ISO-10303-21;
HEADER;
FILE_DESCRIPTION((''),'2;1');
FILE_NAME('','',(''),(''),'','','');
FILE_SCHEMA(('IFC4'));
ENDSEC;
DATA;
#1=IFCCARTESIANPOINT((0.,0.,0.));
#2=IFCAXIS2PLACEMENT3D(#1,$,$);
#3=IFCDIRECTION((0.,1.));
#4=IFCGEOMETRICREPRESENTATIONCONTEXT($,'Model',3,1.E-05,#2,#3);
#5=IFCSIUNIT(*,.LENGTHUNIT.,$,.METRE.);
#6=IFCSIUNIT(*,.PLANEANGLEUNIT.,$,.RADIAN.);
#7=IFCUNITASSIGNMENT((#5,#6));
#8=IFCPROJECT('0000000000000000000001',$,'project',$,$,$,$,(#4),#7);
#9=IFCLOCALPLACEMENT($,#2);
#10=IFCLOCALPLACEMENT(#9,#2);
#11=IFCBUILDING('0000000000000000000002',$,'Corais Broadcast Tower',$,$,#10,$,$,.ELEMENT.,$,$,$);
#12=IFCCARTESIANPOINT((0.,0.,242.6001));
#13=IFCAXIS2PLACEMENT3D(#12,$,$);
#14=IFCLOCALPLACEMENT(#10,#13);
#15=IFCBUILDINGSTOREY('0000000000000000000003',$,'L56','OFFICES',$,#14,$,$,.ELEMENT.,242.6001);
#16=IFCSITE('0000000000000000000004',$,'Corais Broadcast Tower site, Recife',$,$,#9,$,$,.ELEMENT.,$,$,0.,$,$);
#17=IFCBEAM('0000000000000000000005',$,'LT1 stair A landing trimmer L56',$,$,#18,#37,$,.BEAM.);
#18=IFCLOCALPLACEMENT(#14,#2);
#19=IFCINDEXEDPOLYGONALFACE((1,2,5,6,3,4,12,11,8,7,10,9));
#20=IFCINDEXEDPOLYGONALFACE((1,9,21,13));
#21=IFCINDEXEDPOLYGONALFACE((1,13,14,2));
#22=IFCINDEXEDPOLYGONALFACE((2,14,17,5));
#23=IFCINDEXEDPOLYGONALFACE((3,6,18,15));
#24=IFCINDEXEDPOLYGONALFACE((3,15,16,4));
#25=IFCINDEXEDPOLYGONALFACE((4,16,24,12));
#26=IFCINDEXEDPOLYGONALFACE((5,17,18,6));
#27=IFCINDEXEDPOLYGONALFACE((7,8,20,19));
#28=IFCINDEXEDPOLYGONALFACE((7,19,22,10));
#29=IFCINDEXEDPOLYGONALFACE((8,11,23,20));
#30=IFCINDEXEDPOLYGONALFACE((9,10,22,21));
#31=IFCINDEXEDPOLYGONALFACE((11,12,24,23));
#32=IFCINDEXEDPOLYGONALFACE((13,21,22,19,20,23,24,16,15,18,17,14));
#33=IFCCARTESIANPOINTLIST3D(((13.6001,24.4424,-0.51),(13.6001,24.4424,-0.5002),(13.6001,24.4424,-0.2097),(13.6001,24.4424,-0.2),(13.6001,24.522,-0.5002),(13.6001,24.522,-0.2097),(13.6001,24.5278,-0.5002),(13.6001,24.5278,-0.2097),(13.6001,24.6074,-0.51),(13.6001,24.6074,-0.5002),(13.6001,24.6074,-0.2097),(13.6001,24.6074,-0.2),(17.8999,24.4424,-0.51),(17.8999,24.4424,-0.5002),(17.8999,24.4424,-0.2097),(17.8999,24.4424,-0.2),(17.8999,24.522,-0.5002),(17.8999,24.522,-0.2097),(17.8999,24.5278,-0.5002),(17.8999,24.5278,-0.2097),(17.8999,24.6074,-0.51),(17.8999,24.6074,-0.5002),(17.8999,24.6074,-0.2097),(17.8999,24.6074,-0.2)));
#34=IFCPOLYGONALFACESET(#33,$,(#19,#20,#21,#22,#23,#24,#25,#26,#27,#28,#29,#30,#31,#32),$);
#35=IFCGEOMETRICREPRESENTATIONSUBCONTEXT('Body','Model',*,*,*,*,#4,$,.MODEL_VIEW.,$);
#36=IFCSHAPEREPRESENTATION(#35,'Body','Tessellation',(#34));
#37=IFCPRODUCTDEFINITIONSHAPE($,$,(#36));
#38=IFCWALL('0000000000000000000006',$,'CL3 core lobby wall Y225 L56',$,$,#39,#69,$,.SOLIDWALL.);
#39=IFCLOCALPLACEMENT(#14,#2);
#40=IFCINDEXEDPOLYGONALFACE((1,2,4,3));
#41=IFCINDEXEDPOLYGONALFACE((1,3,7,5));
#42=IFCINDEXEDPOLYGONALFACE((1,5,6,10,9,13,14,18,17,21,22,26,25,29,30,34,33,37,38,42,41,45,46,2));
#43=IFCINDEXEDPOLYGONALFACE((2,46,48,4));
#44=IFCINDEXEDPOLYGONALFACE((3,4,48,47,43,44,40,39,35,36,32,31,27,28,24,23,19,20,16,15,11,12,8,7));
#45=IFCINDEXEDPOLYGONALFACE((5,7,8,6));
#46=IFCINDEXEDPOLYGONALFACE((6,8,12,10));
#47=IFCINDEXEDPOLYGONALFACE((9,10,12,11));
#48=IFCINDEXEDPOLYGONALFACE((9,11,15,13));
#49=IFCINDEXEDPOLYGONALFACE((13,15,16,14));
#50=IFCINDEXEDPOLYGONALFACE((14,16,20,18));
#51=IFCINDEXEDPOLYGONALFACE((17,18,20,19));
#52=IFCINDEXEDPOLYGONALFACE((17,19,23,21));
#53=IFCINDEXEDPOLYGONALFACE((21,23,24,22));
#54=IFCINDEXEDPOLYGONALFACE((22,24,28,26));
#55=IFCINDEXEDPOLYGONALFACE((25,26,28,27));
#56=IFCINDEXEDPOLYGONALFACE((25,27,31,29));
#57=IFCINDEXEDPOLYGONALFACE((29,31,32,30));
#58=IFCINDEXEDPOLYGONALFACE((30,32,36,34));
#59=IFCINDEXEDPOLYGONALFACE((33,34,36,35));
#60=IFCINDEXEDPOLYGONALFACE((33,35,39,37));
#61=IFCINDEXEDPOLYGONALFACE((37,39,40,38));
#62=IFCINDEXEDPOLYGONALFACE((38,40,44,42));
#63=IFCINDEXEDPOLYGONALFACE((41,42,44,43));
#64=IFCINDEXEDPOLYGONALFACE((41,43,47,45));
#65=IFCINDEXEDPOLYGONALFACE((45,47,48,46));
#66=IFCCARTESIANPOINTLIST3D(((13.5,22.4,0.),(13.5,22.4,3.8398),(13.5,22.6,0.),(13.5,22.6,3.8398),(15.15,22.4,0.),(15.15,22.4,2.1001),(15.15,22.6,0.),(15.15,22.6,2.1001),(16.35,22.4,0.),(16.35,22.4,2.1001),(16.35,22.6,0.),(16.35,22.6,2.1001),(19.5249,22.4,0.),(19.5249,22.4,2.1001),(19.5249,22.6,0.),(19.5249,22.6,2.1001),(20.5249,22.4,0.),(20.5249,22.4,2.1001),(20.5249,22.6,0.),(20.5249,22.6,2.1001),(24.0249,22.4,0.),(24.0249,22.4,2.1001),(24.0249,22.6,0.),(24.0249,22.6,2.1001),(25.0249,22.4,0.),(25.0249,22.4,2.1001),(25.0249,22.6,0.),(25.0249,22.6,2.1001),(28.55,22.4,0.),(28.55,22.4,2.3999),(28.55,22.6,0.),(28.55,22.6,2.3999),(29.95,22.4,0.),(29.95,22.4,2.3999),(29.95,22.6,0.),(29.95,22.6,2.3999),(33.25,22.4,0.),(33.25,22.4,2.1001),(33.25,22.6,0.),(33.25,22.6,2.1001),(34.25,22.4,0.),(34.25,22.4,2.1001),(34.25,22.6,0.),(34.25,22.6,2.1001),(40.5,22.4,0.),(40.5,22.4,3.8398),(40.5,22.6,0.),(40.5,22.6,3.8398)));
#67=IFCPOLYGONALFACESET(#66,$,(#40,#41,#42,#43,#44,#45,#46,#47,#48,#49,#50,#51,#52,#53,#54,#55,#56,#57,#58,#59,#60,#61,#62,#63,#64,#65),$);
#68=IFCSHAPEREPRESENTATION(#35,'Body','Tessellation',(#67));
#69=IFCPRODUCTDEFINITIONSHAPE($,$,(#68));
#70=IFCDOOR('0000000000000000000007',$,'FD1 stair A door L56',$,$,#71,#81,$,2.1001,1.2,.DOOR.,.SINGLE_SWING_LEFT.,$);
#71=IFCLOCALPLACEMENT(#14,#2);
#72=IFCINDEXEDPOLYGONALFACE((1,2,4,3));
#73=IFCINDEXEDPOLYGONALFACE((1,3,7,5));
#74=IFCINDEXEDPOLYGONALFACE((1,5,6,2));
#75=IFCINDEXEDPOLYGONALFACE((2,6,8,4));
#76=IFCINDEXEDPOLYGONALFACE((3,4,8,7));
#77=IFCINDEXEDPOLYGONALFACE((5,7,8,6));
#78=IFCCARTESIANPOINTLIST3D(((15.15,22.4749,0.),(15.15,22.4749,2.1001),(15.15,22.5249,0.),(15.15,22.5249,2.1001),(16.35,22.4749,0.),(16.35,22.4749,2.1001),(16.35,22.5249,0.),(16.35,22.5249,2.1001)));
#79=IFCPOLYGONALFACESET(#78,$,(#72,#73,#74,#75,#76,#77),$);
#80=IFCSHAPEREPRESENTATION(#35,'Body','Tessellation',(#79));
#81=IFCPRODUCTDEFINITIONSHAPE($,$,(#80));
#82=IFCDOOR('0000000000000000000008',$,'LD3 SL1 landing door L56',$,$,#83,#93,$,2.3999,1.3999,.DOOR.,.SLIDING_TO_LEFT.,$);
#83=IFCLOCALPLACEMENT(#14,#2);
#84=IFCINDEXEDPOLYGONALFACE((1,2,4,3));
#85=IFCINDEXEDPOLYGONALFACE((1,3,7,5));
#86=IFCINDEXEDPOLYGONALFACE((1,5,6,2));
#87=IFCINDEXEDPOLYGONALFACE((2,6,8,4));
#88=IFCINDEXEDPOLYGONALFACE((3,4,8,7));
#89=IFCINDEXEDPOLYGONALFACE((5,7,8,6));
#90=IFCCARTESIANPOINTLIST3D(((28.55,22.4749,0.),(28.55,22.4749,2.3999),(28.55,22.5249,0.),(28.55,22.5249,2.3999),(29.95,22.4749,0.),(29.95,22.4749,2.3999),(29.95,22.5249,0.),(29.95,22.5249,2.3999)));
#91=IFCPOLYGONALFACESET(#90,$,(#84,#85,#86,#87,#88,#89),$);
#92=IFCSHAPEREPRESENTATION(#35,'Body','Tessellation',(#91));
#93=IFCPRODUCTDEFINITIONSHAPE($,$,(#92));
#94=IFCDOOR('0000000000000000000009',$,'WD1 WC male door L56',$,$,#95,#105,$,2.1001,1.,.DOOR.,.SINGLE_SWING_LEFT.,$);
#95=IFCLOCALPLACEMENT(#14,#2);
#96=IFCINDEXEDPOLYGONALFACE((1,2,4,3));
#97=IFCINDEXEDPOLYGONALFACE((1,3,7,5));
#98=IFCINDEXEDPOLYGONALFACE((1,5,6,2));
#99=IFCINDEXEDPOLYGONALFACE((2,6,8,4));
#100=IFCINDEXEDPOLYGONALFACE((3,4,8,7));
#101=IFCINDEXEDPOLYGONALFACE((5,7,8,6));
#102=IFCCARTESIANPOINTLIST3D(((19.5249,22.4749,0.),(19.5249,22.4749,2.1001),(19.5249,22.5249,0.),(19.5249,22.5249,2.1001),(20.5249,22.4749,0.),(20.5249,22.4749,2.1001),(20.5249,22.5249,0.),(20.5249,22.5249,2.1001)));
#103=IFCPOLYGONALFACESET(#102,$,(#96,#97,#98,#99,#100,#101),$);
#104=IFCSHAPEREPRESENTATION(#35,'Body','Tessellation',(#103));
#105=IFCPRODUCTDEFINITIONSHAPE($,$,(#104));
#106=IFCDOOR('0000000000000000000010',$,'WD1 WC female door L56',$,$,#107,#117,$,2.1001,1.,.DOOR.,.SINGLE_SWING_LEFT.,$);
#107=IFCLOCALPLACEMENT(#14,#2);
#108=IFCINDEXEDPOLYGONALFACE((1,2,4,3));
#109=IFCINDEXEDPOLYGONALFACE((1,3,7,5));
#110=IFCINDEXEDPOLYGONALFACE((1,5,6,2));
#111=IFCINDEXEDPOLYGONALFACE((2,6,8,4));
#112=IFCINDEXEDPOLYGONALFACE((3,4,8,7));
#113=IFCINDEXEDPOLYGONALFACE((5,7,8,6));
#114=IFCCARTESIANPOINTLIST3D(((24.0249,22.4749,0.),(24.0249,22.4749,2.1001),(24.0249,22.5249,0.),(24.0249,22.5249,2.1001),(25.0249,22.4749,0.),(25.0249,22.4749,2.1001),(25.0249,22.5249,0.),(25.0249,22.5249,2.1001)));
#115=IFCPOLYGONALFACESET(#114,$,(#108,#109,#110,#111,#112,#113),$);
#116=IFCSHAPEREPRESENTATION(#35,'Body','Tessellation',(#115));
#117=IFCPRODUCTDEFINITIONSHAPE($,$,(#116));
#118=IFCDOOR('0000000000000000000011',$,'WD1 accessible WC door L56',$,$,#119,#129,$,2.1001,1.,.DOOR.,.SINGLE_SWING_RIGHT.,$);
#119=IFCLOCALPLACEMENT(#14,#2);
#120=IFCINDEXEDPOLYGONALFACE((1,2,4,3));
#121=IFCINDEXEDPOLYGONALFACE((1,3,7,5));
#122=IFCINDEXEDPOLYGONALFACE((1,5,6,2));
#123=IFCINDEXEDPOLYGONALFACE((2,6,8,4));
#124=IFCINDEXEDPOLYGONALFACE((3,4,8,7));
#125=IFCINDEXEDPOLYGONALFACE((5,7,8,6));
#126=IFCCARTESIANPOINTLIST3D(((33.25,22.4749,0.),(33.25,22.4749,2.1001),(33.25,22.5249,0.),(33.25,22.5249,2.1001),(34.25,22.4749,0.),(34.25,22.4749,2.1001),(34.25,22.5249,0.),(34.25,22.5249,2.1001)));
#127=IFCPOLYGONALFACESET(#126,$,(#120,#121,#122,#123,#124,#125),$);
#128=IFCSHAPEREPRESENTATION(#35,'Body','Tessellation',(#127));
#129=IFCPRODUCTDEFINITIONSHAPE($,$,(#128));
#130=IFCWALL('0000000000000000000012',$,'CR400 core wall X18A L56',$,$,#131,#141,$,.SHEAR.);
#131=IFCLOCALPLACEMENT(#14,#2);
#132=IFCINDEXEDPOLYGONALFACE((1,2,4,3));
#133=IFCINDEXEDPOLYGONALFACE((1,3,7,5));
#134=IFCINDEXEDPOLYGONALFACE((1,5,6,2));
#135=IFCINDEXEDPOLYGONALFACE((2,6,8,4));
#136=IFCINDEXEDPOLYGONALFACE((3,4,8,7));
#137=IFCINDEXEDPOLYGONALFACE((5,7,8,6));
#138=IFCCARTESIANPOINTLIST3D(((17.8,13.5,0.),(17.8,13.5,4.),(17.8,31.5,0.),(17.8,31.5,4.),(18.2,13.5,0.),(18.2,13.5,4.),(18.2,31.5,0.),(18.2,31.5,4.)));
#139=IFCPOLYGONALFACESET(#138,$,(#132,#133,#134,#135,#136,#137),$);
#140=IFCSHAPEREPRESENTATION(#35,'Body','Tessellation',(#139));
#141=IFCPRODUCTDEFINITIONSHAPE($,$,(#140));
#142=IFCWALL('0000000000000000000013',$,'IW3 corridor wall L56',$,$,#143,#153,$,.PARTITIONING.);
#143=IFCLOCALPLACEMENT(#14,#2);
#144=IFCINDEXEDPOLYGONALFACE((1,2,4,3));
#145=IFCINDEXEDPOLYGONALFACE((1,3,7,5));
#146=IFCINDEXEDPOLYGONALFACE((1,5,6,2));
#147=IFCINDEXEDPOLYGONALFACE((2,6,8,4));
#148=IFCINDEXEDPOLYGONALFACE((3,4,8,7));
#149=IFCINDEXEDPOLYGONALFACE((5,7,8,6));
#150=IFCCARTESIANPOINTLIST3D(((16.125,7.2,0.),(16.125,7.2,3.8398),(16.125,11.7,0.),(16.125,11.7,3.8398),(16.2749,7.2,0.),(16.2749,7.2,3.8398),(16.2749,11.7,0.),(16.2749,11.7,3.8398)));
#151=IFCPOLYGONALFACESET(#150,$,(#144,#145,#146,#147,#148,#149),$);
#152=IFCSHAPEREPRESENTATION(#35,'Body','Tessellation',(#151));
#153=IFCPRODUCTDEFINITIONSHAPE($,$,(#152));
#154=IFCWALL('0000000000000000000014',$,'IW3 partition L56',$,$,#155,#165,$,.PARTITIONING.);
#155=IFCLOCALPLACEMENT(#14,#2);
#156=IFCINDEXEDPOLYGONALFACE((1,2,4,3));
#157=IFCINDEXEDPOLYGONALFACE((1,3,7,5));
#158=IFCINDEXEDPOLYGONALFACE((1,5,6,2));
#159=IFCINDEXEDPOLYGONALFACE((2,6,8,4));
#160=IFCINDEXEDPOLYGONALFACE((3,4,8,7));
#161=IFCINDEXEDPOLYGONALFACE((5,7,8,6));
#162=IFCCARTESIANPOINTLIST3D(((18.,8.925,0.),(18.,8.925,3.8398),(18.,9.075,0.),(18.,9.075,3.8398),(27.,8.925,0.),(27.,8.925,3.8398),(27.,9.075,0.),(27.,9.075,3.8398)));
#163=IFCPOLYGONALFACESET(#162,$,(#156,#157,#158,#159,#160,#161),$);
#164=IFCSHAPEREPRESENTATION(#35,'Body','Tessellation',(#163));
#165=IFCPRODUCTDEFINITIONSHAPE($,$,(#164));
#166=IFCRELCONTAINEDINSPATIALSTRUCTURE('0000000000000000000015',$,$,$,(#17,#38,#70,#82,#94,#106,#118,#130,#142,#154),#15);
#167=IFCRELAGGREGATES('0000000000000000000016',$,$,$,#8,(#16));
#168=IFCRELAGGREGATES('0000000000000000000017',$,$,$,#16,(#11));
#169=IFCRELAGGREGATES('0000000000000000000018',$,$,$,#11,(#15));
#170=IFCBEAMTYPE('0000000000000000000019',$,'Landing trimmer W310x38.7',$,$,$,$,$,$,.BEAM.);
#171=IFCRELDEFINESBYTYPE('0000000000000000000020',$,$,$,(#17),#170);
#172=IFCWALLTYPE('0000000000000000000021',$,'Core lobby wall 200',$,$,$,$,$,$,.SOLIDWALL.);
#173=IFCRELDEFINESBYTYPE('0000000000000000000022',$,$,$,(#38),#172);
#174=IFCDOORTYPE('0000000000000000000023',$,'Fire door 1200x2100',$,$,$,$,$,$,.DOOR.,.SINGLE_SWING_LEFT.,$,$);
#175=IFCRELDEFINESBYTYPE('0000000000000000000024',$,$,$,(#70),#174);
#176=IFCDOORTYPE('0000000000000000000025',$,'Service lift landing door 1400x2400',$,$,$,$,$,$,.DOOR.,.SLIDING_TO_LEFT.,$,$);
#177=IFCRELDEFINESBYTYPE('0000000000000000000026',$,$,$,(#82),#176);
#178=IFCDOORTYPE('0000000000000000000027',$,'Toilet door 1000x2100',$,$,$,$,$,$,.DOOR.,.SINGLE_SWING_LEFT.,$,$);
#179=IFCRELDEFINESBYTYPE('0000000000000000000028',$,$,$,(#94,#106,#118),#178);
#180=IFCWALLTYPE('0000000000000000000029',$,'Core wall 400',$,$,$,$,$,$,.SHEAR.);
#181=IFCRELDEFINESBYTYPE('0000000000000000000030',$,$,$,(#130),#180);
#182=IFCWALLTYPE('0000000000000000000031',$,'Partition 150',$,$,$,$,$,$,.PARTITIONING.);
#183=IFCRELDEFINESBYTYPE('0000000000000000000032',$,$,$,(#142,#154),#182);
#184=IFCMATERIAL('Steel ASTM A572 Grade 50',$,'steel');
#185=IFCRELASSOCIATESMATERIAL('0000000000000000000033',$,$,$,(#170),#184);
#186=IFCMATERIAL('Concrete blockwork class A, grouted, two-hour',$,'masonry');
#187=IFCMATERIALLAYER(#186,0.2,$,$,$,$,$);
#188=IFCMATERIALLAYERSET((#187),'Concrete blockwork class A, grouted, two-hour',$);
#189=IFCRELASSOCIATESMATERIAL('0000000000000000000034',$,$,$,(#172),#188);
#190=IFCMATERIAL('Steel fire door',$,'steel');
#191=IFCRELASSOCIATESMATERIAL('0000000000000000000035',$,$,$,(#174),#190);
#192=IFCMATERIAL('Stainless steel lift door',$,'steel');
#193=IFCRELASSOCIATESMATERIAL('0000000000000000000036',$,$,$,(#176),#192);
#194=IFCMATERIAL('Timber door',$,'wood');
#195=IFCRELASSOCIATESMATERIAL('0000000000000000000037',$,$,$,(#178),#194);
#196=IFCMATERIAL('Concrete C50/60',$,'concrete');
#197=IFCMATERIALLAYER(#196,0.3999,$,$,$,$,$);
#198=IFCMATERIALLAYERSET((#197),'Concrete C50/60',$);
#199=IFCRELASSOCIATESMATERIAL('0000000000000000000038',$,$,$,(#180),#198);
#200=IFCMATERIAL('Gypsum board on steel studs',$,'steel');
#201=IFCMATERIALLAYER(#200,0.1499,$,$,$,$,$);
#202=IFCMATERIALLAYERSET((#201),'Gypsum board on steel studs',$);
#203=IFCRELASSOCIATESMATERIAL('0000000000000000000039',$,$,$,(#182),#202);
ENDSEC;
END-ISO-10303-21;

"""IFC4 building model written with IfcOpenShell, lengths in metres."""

from ifc_helpers import new_model, si_unit, direction, frame, frame_2d, origin, origin_2d, place, context, subcontext, project, spatial, rectangle, i_section, extrude, material, layer, layer_set, material_profile, profile_set, type_object, element, fill, save


model = new_model("IFC4")

# Units and contexts
model_context = context("Model", 3, precision=1e-05, world=origin(), true_north=direction((0.0, 1.0)))
body_context = subcontext(model_context, "Body", "Model", "MODEL_VIEW")
ifc_project = project(units=[si_unit("LENGTHUNIT", "METRE"), si_unit("PLANEANGLEUNIT", "RADIAN")], contexts=[model_context])

# Site, building, storey
site_placement = place(None, origin())
site = spatial("IfcSite", under=ifc_project, at=site_placement, Name="Corais Broadcast Tower site, Recife", CompositionType="ELEMENT", RefElevation=0.0)
building_placement = place(site_placement, origin())
building = spatial("IfcBuilding", under=site, at=building_placement, Name="Corais Broadcast Tower", CompositionType="ELEMENT")
storey_placement = place(building_placement, frame((0.0, 0.0, 242.6001)))
storey = spatial("IfcBuildingStorey", under=building, at=storey_placement, Name="L56", Description="OFFICES", CompositionType="ELEMENT", Elevation=242.6001)

# Beam
ifc_material_1 = material(Name="Steel ASTM A572 Grade 50", Category="steel")
ifc_material_profile = material_profile(ifc_material_1, i_section(OverallWidth=0.165, OverallDepth=0.3101, WebThickness=0.0059, FlangeThickness=0.0098, at=origin_2d()), Name="W310x38.7")
ifc_profile_set = profile_set([ifc_material_profile], Name="Steel ASTM A572 Grade 50")
beam_type = type_object("IfcBeamType", Name="Landing trimmer W310x38.7", PredefinedType="BEAM", material=ifc_profile_set)
beam_placement = place(storey_placement, frame((13.6001, 24.5249, -0.355), z_axis=(1.0, 0.0, 0.0), x_axis=(0.0, 1.0, 0.0)))
element("IfcBeam", 1, at=beam_placement, inside=storey, type_object=beam_type, Name="LT1 stair A landing trimmer L56", PredefinedType="BEAM", context=body_context, shape_type="SweptSolid", body=[
    extrude(i_section(OverallWidth=0.165, OverallDepth=0.3101, WebThickness=0.0059, FlangeThickness=0.0098, at=origin_2d()), origin(), (0.0, 0.0, 1.0), 4.2998),
])

# Wall, openings, doors
ifc_material_2 = material(Name="Concrete blockwork class A, grouted, two-hour", Category="masonry")
ifc_layer_1 = layer(ifc_material_2, 0.2)
ifc_layer_set_1 = layer_set([ifc_layer_1], Name="Concrete blockwork class A, grouted, two-hour")
wall_type_1 = type_object("IfcWallType", Name="Core lobby wall 200", PredefinedType="SOLIDWALL", material=ifc_layer_set_1)
wall_1_placement = place(storey_placement, frame((13.5, 22.5, 0.0), z_axis=(0.0, 0.0, 1.0), x_axis=(1.0, 0.0, 0.0)))
wall_1 = element("IfcWall", 2, at=wall_1_placement, inside=storey, type_object=wall_type_1, Name="CL3 core lobby wall Y225 L56", PredefinedType="SOLIDWALL", context=body_context, shape_type="SweptSolid", body=[
    extrude(rectangle(XDim=27.0, YDim=0.2, at=frame_2d((13.5, 0.0))), origin(), (0.0, 0.0, 1.0), 3.8398),
])
opening_1_placement = place(wall_1_placement, frame((1.6499, 0.0, 0.0)))
opening_1 = element("IfcOpeningElement", 3, at=opening_1_placement, cuts=wall_1, PredefinedType="OPENING", context=body_context, shape_type="SweptSolid", body=[
    extrude(rectangle(XDim=1.2, YDim=2.1001, at=frame_2d((0.6001, 1.05))), frame((0.0, 0.1099, 0.0), z_axis=(0.0, -1.0, 0.0), x_axis=(1.0, 0.0, 0.0)), (0.0, 0.0, 1.0), 0.22),
])
opening_2_placement = place(wall_1_placement, frame((6.0249, 0.0, 0.0)))
opening_2 = element("IfcOpeningElement", 4, at=opening_2_placement, cuts=wall_1, PredefinedType="OPENING", context=body_context, shape_type="SweptSolid", body=[
    extrude(rectangle(XDim=1.0, YDim=2.1001, at=frame_2d((0.5, 1.05))), frame((0.0, 0.1099, 0.0), z_axis=(0.0, -1.0, 0.0), x_axis=(1.0, 0.0, 0.0)), (0.0, 0.0, 1.0), 0.22),
])
opening_3_placement = place(wall_1_placement, frame((10.5249, 0.0, 0.0)))
opening_3 = element("IfcOpeningElement", 5, at=opening_3_placement, cuts=wall_1, PredefinedType="OPENING", context=body_context, shape_type="SweptSolid", body=[
    extrude(rectangle(XDim=1.0, YDim=2.1001, at=frame_2d((0.5, 1.05))), frame((0.0, 0.1099, 0.0), z_axis=(0.0, -1.0, 0.0), x_axis=(1.0, 0.0, 0.0)), (0.0, 0.0, 1.0), 0.22),
])
opening_4_placement = place(wall_1_placement, frame((19.75, 0.0, 0.0)))
opening_4 = element("IfcOpeningElement", 6, at=opening_4_placement, cuts=wall_1, PredefinedType="OPENING", context=body_context, shape_type="SweptSolid", body=[
    extrude(rectangle(XDim=1.0, YDim=2.1001, at=frame_2d((0.5, 1.05))), frame((0.0, 0.1099, 0.0), z_axis=(0.0, -1.0, 0.0), x_axis=(1.0, 0.0, 0.0)), (0.0, 0.0, 1.0), 0.22),
])
opening_5_placement = place(wall_1_placement, frame((15.05, 0.0, 0.0)))
opening_5 = element("IfcOpeningElement", 7, at=opening_5_placement, cuts=wall_1, PredefinedType="OPENING", context=body_context, shape_type="SweptSolid", body=[
    extrude(rectangle(XDim=1.3999, YDim=2.3999, at=frame_2d((0.7, 1.2))), frame((0.0, 0.1099, 0.0), z_axis=(0.0, -1.0, 0.0), x_axis=(1.0, 0.0, 0.0)), (0.0, 0.0, 1.0), 0.22),
])
ifc_material_3 = material(Name="Steel fire door", Category="steel")
door_type_1 = type_object("IfcDoorType", Name="Fire door 1200x2100", OperationType="SINGLE_SWING_LEFT", PredefinedType="DOOR", material=ifc_material_3)
door_1_placement = place(opening_1_placement, origin())
door_1 = element("IfcDoor", 8, at=door_1_placement, inside=storey, type_object=door_type_1, Name="FD1 stair A door L56", OperationType="SINGLE_SWING_LEFT", OverallHeight=2.1001, OverallWidth=1.2, PredefinedType="DOOR", context=body_context, shape_type="SweptSolid", body=[
    extrude(rectangle(XDim=1.2, YDim=2.1001, at=frame_2d((0.6001, 1.05))), frame((0.0, 0.0249, 0.0), z_axis=(0.0, -1.0, 0.0), x_axis=(1.0, 0.0, 0.0)), (0.0, 0.0, 1.0), 0.05),
])
fill(opening_1, door_1)
ifc_material_4 = material(Name="Stainless steel lift door", Category="steel")
door_type_2 = type_object("IfcDoorType", Name="Service lift landing door 1400x2400", OperationType="SLIDING_TO_LEFT", PredefinedType="DOOR", material=ifc_material_4)
door_2_placement = place(opening_5_placement, origin())
door_2 = element("IfcDoor", 9, at=door_2_placement, inside=storey, type_object=door_type_2, Name="LD3 SL1 landing door L56", OperationType="SLIDING_TO_LEFT", OverallHeight=2.3999, OverallWidth=1.3999, PredefinedType="DOOR", context=body_context, shape_type="SweptSolid", body=[
    extrude(rectangle(XDim=1.3999, YDim=2.3999, at=frame_2d((0.7, 1.2))), frame((0.0, 0.0249, 0.0), z_axis=(0.0, -1.0, 0.0), x_axis=(1.0, 0.0, 0.0)), (0.0, 0.0, 1.0), 0.05),
])
fill(opening_5, door_2)
ifc_material_5 = material(Name="Timber door", Category="wood")
door_type_3 = type_object("IfcDoorType", Name="Toilet door 1000x2100", OperationType="SINGLE_SWING_LEFT", PredefinedType="DOOR", material=ifc_material_5)
door_3_placement = place(opening_2_placement, origin())
door_3 = element("IfcDoor", 10, at=door_3_placement, inside=storey, type_object=door_type_3, Name="WD1 WC male door L56", OperationType="SINGLE_SWING_LEFT", OverallHeight=2.1001, OverallWidth=1.0, PredefinedType="DOOR", context=body_context, shape_type="SweptSolid", body=[
    extrude(rectangle(XDim=1.0, YDim=2.1001, at=frame_2d((0.5, 1.05))), frame((0.0, 0.0249, 0.0), z_axis=(0.0, -1.0, 0.0), x_axis=(1.0, 0.0, 0.0)), (0.0, 0.0, 1.0), 0.05),
])
fill(opening_2, door_3)
door_4_placement = place(opening_3_placement, origin())
door_4 = element("IfcDoor", 11, at=door_4_placement, inside=storey, type_object=door_type_3, Name="WD1 WC female door L56", OperationType="SINGLE_SWING_LEFT", OverallHeight=2.1001, OverallWidth=1.0, PredefinedType="DOOR", context=body_context, shape_type="SweptSolid", body=[
    extrude(rectangle(XDim=1.0, YDim=2.1001, at=frame_2d((0.5, 1.05))), frame((0.0, 0.0249, 0.0), z_axis=(0.0, -1.0, 0.0), x_axis=(1.0, 0.0, 0.0)), (0.0, 0.0, 1.0), 0.05),
])
fill(opening_3, door_4)
door_5_placement = place(opening_4_placement, origin())
door_5 = element("IfcDoor", 12, at=door_5_placement, inside=storey, type_object=door_type_3, Name="WD1 accessible WC door L56", OperationType="SINGLE_SWING_RIGHT", OverallHeight=2.1001, OverallWidth=1.0, PredefinedType="DOOR", context=body_context, shape_type="SweptSolid", body=[
    extrude(rectangle(XDim=1.0, YDim=2.1001, at=frame_2d((0.5, 1.05))), frame((0.0, 0.0249, 0.0), z_axis=(0.0, -1.0, 0.0), x_axis=(1.0, 0.0, 0.0)), (0.0, 0.0, 1.0), 0.05),
])
fill(opening_4, door_5)

# Walls
ifc_material_6 = material(Name="Concrete C50/60", Category="concrete")
ifc_layer_2 = layer(ifc_material_6, 0.3999)
ifc_layer_set_2 = layer_set([ifc_layer_2], Name="Concrete C50/60")
wall_type_2 = type_object("IfcWallType", Name="Core wall 400", PredefinedType="SHEAR", material=ifc_layer_set_2)
wall_2_placement = place(storey_placement, frame((18.0, 13.5, 0.0), z_axis=(0.0, 0.0, 1.0), x_axis=(0.0, 1.0, 0.0)))
element("IfcWall", 13, at=wall_2_placement, inside=storey, type_object=wall_type_2, Name="CR400 core wall X18A L56", PredefinedType="SHEAR", context=body_context, shape_type="SweptSolid", body=[
    extrude(rectangle(XDim=18.0, YDim=0.3999, at=frame_2d((9.0, 0.0))), origin(), (0.0, 0.0, 1.0), 4.0),
])
ifc_material_7 = material(Name="Gypsum board on steel studs", Category="steel")
ifc_layer_3 = layer(ifc_material_7, 0.1499)
ifc_layer_set_3 = layer_set([ifc_layer_3], Name="Gypsum board on steel studs")
wall_type_3 = type_object("IfcWallType", Name="Partition 150", PredefinedType="PARTITIONING", material=ifc_layer_set_3)
wall_3_placement = place(storey_placement, frame((16.2, 11.7, 0.0), z_axis=(0.0, 0.0, 1.0), x_axis=(0.0, -1.0, 0.0)))
element("IfcWall", 14, at=wall_3_placement, inside=storey, type_object=wall_type_3, Name="IW3 corridor wall L56", PredefinedType="PARTITIONING", context=body_context, shape_type="SweptSolid", body=[
    extrude(rectangle(XDim=4.5, YDim=0.1499, at=frame_2d((2.25, 0.0))), origin(), (0.0, 0.0, 1.0), 3.8398),
])
wall_4_placement = place(storey_placement, frame((18.0, 9.0, 0.0), z_axis=(0.0, 0.0, 1.0), x_axis=(1.0, 0.0, 0.0)))
element("IfcWall", 15, at=wall_4_placement, inside=storey, type_object=wall_type_3, Name="IW3 partition L56", PredefinedType="PARTITIONING", context=body_context, shape_type="SweptSolid", body=[
    extrude(rectangle(XDim=9.0, YDim=0.1499, at=frame_2d((4.5, 0.0))), origin(), (0.0, 0.0, 1.0), 3.8398),
])

save(model, "model.ifc")
